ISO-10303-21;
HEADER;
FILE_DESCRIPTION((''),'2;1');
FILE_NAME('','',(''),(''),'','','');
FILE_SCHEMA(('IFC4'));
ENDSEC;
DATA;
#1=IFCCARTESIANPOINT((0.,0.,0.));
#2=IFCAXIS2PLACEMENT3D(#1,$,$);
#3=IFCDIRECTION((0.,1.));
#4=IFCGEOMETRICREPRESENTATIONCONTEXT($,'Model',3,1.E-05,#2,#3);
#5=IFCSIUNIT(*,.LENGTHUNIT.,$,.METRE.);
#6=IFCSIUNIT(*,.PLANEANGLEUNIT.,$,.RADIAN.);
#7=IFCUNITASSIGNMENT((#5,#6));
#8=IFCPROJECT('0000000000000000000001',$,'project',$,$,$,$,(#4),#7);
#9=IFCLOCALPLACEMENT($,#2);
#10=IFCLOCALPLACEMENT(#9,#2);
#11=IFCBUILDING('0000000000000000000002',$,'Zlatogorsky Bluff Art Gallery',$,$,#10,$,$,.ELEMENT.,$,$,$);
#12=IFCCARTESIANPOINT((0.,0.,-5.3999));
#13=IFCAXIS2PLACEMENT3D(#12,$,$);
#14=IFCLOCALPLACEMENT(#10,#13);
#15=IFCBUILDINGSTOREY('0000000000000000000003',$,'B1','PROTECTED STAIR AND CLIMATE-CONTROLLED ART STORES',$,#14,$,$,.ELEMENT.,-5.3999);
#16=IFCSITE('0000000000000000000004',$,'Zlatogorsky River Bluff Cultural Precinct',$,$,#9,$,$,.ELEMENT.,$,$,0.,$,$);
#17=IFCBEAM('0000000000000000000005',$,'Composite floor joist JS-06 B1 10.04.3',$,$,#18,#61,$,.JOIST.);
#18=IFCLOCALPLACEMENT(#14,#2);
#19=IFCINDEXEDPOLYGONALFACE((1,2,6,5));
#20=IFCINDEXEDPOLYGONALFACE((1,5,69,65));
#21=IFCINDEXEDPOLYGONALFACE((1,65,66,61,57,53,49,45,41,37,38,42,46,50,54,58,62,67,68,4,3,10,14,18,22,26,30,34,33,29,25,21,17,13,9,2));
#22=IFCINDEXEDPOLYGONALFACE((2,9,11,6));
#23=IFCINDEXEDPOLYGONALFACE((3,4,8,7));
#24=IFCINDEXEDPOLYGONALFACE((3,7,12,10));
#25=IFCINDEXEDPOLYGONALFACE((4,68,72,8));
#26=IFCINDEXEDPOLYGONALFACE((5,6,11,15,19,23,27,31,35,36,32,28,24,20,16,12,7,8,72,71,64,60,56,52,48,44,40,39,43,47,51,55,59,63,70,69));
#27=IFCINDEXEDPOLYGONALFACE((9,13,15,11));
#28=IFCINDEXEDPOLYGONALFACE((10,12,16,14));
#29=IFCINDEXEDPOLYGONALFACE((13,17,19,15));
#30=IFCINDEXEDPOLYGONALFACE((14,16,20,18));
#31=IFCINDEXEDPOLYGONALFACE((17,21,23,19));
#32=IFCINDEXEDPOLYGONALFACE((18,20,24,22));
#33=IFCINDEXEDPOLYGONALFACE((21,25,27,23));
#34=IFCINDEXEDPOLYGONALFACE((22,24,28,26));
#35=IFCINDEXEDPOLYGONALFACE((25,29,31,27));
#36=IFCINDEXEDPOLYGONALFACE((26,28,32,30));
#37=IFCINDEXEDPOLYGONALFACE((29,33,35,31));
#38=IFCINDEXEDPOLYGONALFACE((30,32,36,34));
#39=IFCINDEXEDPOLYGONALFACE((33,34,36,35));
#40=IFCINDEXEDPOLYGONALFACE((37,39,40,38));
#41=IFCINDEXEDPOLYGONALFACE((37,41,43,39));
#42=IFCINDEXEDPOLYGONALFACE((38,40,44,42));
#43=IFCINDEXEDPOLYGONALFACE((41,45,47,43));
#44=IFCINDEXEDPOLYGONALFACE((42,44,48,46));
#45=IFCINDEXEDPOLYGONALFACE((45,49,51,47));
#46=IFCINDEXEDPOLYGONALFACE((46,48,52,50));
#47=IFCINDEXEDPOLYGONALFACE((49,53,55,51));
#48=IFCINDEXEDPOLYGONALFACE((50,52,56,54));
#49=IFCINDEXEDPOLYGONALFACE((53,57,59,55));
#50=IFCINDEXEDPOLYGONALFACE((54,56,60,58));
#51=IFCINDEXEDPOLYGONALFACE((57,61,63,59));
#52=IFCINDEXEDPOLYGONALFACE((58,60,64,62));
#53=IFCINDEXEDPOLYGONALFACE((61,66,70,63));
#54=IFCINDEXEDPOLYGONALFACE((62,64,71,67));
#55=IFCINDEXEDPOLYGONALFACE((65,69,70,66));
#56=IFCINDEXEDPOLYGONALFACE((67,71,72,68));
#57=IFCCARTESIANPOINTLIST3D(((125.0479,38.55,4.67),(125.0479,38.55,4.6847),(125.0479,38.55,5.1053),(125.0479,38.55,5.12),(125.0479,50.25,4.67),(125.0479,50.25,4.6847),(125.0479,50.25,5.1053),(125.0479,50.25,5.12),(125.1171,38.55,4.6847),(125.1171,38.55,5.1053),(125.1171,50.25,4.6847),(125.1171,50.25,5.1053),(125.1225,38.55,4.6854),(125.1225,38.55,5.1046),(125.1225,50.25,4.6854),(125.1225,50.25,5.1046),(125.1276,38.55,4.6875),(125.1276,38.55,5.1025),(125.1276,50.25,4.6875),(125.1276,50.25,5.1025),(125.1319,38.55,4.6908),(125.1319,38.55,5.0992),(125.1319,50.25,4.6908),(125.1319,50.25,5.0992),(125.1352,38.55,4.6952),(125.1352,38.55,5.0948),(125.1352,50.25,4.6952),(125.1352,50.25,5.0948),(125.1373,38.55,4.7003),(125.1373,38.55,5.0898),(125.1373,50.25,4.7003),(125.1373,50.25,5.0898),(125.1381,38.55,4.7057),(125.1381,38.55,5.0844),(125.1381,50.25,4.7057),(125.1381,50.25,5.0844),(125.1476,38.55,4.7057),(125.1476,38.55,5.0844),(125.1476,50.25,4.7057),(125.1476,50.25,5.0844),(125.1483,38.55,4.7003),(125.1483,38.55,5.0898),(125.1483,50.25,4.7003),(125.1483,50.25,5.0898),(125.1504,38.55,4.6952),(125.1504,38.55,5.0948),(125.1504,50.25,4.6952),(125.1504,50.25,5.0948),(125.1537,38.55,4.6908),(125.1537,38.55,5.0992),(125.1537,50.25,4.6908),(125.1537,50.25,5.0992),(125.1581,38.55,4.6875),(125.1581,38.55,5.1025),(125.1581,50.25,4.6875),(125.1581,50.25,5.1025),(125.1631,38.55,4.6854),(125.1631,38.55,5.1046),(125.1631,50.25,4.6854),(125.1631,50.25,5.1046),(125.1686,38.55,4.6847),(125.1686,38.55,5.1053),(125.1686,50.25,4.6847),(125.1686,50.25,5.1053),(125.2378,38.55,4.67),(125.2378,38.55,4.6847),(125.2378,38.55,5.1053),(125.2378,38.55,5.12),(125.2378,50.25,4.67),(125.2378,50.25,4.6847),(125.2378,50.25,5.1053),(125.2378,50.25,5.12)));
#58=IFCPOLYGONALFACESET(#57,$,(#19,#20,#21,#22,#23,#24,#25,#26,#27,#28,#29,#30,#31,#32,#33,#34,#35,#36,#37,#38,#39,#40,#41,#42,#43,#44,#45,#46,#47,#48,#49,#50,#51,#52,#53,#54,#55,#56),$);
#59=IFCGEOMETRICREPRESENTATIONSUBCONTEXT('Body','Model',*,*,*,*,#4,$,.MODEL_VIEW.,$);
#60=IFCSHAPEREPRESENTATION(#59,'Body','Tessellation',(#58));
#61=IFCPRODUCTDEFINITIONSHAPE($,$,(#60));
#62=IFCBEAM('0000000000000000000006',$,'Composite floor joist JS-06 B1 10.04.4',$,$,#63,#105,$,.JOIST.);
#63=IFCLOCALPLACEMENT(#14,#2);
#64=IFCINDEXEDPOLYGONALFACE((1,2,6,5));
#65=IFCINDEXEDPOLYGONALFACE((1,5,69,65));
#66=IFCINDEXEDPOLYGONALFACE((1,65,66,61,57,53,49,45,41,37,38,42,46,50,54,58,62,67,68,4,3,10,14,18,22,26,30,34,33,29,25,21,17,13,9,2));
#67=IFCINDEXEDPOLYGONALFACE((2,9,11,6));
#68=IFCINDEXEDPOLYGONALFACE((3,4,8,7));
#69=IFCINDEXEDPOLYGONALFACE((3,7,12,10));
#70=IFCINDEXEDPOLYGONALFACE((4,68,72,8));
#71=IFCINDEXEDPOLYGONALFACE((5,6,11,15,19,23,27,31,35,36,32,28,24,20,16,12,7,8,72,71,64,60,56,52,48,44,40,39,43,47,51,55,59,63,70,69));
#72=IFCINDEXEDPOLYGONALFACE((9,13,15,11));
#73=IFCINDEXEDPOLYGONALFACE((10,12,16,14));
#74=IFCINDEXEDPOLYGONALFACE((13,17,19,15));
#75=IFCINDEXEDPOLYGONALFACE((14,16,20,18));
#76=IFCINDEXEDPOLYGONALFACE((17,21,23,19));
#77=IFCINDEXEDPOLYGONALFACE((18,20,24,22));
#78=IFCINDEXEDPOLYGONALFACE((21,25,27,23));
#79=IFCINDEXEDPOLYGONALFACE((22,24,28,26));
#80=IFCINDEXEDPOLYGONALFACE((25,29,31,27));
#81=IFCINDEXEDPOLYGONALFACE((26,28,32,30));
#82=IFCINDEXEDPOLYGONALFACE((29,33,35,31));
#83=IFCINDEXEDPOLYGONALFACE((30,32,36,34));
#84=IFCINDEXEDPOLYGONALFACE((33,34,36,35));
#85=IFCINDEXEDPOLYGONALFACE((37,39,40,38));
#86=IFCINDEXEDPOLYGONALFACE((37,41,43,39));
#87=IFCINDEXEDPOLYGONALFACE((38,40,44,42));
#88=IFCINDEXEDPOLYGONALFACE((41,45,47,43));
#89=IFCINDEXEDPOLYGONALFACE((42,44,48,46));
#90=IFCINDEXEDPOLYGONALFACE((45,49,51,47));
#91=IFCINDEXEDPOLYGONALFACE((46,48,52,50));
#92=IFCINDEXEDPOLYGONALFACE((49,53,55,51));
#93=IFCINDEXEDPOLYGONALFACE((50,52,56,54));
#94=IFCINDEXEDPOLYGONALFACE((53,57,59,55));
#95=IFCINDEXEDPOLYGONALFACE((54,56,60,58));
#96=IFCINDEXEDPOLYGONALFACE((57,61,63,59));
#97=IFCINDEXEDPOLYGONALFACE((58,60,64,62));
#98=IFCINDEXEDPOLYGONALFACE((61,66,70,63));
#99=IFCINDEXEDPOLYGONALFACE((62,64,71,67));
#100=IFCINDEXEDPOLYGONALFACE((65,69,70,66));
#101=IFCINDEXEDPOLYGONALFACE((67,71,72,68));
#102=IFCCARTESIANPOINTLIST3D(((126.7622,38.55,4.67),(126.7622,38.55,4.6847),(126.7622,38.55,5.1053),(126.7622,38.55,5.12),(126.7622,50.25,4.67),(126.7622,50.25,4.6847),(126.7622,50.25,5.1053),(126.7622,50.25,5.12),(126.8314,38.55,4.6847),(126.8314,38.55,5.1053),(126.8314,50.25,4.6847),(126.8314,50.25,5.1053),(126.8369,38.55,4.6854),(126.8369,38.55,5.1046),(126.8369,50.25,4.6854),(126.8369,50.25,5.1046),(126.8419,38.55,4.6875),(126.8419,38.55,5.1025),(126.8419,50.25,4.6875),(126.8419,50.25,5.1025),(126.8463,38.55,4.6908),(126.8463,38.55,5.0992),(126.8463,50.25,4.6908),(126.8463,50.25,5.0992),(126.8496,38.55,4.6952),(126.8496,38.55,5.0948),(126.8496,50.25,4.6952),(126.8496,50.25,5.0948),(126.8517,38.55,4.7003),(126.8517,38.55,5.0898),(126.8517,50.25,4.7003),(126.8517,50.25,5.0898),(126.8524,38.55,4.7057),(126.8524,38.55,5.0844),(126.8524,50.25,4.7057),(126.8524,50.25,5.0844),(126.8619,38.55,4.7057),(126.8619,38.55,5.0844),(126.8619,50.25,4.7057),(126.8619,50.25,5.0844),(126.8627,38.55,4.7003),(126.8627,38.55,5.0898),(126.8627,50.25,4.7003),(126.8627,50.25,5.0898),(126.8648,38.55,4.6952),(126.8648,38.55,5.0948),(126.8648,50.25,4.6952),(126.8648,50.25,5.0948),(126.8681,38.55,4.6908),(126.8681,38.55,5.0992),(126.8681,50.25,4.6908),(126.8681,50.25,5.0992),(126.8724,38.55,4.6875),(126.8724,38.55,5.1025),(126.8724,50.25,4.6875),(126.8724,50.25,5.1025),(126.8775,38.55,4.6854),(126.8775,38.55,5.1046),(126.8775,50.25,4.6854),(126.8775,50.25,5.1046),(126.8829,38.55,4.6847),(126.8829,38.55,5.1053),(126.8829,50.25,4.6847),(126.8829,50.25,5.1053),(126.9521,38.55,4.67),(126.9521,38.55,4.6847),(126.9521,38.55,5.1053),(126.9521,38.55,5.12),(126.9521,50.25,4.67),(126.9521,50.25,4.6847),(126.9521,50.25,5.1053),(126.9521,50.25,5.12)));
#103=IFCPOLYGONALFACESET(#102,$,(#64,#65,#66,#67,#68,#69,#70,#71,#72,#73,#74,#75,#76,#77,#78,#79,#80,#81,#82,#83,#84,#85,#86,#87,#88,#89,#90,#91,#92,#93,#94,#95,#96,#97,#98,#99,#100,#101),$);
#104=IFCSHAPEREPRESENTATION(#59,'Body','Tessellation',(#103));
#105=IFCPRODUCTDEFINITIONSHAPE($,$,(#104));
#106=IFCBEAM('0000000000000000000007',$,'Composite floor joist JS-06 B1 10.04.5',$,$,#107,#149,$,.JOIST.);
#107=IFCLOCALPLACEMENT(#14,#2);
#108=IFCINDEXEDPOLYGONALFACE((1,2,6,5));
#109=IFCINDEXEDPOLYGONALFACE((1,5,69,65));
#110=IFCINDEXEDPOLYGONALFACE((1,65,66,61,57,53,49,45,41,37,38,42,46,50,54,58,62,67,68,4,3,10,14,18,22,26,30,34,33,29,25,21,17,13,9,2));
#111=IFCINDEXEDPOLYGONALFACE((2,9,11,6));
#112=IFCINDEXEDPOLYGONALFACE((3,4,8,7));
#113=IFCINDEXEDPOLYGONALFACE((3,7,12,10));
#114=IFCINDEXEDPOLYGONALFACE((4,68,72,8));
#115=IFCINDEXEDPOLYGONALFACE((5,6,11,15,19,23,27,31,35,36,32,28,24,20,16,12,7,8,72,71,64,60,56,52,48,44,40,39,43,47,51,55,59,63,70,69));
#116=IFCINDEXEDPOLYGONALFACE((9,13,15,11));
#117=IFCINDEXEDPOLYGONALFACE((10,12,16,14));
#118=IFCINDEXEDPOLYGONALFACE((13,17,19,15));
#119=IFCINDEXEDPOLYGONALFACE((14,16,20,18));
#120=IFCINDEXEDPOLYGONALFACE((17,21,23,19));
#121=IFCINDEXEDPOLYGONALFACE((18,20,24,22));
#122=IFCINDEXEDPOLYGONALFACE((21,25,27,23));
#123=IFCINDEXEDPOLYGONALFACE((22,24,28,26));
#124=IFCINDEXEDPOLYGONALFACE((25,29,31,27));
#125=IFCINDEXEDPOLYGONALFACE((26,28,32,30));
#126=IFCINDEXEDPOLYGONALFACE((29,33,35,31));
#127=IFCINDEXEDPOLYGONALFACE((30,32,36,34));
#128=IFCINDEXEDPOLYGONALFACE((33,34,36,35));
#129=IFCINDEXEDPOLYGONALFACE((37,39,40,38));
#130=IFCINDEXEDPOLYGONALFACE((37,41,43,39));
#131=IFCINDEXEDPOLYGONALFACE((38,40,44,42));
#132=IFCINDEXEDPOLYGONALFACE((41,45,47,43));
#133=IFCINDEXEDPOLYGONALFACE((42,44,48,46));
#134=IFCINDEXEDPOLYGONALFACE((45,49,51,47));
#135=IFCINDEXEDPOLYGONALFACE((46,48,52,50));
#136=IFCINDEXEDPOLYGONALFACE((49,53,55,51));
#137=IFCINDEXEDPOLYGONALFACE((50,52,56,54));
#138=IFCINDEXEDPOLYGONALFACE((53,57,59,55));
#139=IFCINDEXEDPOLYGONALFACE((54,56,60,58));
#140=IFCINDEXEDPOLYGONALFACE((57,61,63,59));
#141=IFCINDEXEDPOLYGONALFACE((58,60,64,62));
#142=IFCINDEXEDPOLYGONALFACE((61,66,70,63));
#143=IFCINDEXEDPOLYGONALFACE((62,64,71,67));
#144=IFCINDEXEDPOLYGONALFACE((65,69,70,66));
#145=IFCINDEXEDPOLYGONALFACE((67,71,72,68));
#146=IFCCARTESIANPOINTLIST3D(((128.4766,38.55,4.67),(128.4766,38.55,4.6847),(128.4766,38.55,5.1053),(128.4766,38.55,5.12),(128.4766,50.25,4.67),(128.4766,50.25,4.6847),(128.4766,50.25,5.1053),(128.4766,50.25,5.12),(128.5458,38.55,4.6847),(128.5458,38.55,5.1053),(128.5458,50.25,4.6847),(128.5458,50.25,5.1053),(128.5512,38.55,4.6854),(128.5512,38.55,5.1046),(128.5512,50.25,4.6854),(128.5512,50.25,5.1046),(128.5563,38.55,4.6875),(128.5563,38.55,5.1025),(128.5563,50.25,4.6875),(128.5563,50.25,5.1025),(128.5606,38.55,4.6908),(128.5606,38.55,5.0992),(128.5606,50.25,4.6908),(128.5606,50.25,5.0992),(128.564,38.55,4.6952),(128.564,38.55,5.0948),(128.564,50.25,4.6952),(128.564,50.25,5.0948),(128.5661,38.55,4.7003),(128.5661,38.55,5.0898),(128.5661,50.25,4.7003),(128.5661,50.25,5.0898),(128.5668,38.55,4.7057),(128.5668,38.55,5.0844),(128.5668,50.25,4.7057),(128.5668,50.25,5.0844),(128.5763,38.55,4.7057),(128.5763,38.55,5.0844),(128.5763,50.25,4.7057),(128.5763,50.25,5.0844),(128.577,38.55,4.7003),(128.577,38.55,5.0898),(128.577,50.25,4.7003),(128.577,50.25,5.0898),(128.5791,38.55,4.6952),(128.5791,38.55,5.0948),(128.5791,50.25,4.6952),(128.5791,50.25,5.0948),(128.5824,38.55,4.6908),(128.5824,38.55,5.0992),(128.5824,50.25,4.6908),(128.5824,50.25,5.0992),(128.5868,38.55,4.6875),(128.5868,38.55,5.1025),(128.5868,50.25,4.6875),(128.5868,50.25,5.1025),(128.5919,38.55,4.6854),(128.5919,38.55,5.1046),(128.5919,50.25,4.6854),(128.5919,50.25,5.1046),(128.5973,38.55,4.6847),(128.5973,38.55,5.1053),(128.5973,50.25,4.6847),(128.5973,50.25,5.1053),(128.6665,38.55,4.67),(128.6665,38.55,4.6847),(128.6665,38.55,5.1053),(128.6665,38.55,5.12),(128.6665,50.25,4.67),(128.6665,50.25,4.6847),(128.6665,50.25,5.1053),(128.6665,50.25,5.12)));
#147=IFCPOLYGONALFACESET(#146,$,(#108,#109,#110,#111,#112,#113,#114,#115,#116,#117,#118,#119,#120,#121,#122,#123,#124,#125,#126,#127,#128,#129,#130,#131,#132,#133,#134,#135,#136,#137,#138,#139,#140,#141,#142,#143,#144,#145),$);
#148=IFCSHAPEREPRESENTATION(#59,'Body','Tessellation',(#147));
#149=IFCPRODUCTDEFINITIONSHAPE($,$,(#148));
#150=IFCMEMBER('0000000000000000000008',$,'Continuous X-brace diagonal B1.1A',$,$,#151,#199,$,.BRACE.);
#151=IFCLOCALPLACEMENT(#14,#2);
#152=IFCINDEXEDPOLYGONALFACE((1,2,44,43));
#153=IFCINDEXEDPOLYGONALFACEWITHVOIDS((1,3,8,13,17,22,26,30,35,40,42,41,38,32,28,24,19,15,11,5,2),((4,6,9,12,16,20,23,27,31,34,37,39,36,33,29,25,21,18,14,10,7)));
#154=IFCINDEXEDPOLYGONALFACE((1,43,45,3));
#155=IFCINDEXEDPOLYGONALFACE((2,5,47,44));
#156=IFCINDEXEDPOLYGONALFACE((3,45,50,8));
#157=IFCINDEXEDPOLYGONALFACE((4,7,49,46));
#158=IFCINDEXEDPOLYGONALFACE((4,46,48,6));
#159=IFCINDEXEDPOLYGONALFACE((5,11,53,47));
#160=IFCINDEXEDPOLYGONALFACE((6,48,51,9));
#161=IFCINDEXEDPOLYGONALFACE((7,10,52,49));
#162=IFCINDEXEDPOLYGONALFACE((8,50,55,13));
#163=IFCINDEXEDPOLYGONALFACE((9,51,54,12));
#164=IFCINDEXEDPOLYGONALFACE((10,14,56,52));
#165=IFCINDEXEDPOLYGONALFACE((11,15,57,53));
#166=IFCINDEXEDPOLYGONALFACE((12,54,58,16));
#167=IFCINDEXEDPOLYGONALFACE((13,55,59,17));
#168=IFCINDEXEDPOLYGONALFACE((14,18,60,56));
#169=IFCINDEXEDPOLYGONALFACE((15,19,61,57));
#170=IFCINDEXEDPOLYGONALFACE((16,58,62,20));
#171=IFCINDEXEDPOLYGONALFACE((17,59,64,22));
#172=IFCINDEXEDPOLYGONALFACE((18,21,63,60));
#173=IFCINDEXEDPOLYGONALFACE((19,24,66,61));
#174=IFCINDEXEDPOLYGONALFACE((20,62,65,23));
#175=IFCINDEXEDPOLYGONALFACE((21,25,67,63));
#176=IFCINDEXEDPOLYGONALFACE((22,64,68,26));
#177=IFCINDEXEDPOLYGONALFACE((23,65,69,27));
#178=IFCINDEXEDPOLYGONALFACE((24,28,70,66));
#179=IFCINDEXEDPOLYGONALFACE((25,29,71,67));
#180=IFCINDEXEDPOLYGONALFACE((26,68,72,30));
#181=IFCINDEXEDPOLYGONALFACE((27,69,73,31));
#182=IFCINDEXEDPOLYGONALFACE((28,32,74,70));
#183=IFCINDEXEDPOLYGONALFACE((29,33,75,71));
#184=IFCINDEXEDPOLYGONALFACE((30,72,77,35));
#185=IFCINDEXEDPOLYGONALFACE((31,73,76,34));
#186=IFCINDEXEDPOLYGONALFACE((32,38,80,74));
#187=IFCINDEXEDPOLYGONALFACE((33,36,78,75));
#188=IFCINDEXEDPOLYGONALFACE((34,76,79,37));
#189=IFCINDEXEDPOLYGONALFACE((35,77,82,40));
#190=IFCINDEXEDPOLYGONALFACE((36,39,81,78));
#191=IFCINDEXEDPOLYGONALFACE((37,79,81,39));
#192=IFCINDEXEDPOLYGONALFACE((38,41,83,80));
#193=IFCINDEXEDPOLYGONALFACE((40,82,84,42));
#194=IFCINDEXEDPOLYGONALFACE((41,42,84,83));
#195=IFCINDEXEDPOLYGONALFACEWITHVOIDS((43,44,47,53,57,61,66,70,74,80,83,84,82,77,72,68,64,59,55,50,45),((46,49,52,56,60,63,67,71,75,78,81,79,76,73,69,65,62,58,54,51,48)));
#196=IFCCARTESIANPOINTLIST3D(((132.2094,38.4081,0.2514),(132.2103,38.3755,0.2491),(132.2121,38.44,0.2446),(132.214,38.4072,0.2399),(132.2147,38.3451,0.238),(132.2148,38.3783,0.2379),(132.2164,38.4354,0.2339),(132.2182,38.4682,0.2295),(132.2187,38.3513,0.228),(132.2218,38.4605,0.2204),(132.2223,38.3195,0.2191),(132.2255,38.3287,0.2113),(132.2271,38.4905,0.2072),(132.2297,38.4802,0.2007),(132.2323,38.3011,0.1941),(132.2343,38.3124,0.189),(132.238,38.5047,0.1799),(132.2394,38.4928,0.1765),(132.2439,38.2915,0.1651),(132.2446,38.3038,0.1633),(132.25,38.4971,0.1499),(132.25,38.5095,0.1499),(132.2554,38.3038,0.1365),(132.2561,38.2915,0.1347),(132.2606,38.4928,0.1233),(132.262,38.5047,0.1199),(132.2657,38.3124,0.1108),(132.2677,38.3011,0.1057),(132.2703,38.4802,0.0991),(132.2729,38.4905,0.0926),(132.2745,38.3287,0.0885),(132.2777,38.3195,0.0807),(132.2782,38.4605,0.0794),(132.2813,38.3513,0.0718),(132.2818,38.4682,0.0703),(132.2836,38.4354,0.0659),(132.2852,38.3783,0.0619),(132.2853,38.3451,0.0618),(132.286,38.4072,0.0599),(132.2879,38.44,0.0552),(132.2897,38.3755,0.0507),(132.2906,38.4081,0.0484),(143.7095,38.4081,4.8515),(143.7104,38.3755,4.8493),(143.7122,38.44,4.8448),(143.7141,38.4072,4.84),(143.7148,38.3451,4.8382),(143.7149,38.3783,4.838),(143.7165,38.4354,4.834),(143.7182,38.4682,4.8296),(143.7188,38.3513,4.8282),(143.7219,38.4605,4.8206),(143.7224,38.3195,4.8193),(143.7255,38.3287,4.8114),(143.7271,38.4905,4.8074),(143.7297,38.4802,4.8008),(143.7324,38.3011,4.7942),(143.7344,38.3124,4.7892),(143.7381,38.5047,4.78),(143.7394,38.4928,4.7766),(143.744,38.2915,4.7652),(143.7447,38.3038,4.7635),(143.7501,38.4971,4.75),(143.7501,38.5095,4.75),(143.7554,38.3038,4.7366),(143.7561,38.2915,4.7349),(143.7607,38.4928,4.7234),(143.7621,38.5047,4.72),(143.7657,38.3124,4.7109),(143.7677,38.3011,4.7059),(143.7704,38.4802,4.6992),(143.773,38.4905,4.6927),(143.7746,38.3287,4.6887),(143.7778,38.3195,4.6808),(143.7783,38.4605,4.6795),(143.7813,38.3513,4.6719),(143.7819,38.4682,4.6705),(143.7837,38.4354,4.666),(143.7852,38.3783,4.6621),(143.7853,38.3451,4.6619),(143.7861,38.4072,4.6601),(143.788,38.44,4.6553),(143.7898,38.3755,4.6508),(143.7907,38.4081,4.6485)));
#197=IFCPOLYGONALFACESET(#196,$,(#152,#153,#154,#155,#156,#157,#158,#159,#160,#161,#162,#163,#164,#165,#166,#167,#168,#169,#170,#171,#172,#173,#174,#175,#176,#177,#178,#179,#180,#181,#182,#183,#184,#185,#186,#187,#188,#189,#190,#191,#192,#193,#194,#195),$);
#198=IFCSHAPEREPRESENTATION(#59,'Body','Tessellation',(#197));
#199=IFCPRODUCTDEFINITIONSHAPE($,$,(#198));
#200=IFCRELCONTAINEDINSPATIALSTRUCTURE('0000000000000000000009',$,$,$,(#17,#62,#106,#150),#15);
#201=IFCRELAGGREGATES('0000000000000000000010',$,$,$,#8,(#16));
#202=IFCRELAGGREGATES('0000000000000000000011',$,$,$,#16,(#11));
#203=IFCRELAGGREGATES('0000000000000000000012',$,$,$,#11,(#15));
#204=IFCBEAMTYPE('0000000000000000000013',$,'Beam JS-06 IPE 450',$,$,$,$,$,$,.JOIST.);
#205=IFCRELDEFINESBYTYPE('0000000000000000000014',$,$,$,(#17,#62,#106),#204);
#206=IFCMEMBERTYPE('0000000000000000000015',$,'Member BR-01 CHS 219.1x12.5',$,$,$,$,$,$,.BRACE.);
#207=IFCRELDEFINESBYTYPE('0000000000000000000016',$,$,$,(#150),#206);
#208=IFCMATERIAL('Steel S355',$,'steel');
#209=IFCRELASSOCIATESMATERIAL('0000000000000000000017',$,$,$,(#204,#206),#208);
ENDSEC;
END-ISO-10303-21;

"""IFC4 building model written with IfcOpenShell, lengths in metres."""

from ifc_helpers import new_model, si_unit, direction, frame, origin, origin_2d, place, context, subcontext, project, spatial, hollow_circle, i_section, extrude, material, material_profile, profile_set, type_object, element, save


model = new_model("IFC4")

# Units and contexts
model_context = context("Model", 3, precision=1e-05, world=origin(), true_north=direction((0.0, 1.0)))
body_context = subcontext(model_context, "Body", "Model", "MODEL_VIEW")
ifc_project = project(units=[si_unit("LENGTHUNIT", "METRE"), si_unit("PLANEANGLEUNIT", "RADIAN")], contexts=[model_context])

# Site, building, storey
site_placement = place(None, origin())
site = spatial("IfcSite", under=ifc_project, at=site_placement, Name="Zlatogorsky River Bluff Cultural Precinct", CompositionType="ELEMENT", RefElevation=0.0)
building_placement = place(site_placement, origin())
building = spatial("IfcBuilding", under=site, at=building_placement, Name="Zlatogorsky Bluff Art Gallery", CompositionType="ELEMENT")
storey_placement = place(building_placement, frame((0.0, 0.0, -5.3999)))
storey = spatial("IfcBuildingStorey", under=building, at=storey_placement, Name="B1", Description="PROTECTED STAIR AND CLIMATE-CONTROLLED ART STORES", CompositionType="ELEMENT", Elevation=-5.3999)

# Beams
ifc_material_1 = material(Name="Steel S355", Category="steel")
ifc_material_profile_1 = material_profile(ifc_material_1, i_section(OverallWidth=0.1899, OverallDepth=0.45, WebThickness=0.0095, FlangeThickness=0.0146, FilletRadius=0.021, at=origin_2d()), Name="IPE 450")
ifc_profile_set_1 = profile_set([ifc_material_profile_1], Name="Steel S355")
beam_type_1 = type_object("IfcBeamType", Name="Beam JS-06 IPE 450", PredefinedType="JOIST", material=ifc_profile_set_1)
for number, where, z_axis, x_axis, name in (
    (1, (125.1428, 38.55, 4.895), (0.0, 1.0, 0.0), (-1.0, 0.0, 0.0), "Composite floor joist JS-06 B1 10.04.3"),
    (2, (126.8572, 38.55, 4.895), (0.0, 1.0, 0.0), (-1.0, 0.0, 0.0), "Composite floor joist JS-06 B1 10.04.4"),
    (3, (128.5715, 38.55, 4.895), (0.0, 1.0, 0.0), (-1.0, 0.0, 0.0), "Composite floor joist JS-06 B1 10.04.5"),
):
    element("IfcBeam", number, at=place(storey_placement, frame(where, z_axis=z_axis, x_axis=x_axis)), inside=storey, type_object=beam_type_1, Name=name, PredefinedType="JOIST", context=body_context, shape_type="SweptSolid", body=[
        extrude(i_section(OverallWidth=0.1899, OverallDepth=0.45, WebThickness=0.0095, FlangeThickness=0.0146, FilletRadius=0.021, at=origin_2d()), origin(), (0.0, 0.0, 1.0), 11.7),
    ])

# Member
ifc_material_profile_2 = material_profile(ifc_material_1, hollow_circle(Radius=0.1096, WallThickness=0.0125, at=origin_2d()), Name="CHS 219.1x12.5")
ifc_profile_set_2 = profile_set([ifc_material_profile_2], Name="Steel S355")
member_type = type_object("IfcMemberType", Name="Member BR-01 CHS 219.1x12.5", PredefinedType="BRACE", material=ifc_profile_set_2)
member_1_placement = place(storey_placement, frame((132.25, 38.3999, 0.1499), z_axis=(0.928474, 0.0, 0.371397), x_axis=(0.0, 1.0, 0.0)))
element("IfcMember", 4, at=member_1_placement, inside=storey, type_object=member_type, Name="Continuous X-brace diagonal B1.1A", PredefinedType="BRACE", context=body_context, shape_type="SweptSolid", body=[
    extrude(hollow_circle(Radius=0.1096, WallThickness=0.0125, at=origin_2d()), origin(), (0.0, 0.0, 1.0), 12.386),
])

save(model, "model.ifc")
